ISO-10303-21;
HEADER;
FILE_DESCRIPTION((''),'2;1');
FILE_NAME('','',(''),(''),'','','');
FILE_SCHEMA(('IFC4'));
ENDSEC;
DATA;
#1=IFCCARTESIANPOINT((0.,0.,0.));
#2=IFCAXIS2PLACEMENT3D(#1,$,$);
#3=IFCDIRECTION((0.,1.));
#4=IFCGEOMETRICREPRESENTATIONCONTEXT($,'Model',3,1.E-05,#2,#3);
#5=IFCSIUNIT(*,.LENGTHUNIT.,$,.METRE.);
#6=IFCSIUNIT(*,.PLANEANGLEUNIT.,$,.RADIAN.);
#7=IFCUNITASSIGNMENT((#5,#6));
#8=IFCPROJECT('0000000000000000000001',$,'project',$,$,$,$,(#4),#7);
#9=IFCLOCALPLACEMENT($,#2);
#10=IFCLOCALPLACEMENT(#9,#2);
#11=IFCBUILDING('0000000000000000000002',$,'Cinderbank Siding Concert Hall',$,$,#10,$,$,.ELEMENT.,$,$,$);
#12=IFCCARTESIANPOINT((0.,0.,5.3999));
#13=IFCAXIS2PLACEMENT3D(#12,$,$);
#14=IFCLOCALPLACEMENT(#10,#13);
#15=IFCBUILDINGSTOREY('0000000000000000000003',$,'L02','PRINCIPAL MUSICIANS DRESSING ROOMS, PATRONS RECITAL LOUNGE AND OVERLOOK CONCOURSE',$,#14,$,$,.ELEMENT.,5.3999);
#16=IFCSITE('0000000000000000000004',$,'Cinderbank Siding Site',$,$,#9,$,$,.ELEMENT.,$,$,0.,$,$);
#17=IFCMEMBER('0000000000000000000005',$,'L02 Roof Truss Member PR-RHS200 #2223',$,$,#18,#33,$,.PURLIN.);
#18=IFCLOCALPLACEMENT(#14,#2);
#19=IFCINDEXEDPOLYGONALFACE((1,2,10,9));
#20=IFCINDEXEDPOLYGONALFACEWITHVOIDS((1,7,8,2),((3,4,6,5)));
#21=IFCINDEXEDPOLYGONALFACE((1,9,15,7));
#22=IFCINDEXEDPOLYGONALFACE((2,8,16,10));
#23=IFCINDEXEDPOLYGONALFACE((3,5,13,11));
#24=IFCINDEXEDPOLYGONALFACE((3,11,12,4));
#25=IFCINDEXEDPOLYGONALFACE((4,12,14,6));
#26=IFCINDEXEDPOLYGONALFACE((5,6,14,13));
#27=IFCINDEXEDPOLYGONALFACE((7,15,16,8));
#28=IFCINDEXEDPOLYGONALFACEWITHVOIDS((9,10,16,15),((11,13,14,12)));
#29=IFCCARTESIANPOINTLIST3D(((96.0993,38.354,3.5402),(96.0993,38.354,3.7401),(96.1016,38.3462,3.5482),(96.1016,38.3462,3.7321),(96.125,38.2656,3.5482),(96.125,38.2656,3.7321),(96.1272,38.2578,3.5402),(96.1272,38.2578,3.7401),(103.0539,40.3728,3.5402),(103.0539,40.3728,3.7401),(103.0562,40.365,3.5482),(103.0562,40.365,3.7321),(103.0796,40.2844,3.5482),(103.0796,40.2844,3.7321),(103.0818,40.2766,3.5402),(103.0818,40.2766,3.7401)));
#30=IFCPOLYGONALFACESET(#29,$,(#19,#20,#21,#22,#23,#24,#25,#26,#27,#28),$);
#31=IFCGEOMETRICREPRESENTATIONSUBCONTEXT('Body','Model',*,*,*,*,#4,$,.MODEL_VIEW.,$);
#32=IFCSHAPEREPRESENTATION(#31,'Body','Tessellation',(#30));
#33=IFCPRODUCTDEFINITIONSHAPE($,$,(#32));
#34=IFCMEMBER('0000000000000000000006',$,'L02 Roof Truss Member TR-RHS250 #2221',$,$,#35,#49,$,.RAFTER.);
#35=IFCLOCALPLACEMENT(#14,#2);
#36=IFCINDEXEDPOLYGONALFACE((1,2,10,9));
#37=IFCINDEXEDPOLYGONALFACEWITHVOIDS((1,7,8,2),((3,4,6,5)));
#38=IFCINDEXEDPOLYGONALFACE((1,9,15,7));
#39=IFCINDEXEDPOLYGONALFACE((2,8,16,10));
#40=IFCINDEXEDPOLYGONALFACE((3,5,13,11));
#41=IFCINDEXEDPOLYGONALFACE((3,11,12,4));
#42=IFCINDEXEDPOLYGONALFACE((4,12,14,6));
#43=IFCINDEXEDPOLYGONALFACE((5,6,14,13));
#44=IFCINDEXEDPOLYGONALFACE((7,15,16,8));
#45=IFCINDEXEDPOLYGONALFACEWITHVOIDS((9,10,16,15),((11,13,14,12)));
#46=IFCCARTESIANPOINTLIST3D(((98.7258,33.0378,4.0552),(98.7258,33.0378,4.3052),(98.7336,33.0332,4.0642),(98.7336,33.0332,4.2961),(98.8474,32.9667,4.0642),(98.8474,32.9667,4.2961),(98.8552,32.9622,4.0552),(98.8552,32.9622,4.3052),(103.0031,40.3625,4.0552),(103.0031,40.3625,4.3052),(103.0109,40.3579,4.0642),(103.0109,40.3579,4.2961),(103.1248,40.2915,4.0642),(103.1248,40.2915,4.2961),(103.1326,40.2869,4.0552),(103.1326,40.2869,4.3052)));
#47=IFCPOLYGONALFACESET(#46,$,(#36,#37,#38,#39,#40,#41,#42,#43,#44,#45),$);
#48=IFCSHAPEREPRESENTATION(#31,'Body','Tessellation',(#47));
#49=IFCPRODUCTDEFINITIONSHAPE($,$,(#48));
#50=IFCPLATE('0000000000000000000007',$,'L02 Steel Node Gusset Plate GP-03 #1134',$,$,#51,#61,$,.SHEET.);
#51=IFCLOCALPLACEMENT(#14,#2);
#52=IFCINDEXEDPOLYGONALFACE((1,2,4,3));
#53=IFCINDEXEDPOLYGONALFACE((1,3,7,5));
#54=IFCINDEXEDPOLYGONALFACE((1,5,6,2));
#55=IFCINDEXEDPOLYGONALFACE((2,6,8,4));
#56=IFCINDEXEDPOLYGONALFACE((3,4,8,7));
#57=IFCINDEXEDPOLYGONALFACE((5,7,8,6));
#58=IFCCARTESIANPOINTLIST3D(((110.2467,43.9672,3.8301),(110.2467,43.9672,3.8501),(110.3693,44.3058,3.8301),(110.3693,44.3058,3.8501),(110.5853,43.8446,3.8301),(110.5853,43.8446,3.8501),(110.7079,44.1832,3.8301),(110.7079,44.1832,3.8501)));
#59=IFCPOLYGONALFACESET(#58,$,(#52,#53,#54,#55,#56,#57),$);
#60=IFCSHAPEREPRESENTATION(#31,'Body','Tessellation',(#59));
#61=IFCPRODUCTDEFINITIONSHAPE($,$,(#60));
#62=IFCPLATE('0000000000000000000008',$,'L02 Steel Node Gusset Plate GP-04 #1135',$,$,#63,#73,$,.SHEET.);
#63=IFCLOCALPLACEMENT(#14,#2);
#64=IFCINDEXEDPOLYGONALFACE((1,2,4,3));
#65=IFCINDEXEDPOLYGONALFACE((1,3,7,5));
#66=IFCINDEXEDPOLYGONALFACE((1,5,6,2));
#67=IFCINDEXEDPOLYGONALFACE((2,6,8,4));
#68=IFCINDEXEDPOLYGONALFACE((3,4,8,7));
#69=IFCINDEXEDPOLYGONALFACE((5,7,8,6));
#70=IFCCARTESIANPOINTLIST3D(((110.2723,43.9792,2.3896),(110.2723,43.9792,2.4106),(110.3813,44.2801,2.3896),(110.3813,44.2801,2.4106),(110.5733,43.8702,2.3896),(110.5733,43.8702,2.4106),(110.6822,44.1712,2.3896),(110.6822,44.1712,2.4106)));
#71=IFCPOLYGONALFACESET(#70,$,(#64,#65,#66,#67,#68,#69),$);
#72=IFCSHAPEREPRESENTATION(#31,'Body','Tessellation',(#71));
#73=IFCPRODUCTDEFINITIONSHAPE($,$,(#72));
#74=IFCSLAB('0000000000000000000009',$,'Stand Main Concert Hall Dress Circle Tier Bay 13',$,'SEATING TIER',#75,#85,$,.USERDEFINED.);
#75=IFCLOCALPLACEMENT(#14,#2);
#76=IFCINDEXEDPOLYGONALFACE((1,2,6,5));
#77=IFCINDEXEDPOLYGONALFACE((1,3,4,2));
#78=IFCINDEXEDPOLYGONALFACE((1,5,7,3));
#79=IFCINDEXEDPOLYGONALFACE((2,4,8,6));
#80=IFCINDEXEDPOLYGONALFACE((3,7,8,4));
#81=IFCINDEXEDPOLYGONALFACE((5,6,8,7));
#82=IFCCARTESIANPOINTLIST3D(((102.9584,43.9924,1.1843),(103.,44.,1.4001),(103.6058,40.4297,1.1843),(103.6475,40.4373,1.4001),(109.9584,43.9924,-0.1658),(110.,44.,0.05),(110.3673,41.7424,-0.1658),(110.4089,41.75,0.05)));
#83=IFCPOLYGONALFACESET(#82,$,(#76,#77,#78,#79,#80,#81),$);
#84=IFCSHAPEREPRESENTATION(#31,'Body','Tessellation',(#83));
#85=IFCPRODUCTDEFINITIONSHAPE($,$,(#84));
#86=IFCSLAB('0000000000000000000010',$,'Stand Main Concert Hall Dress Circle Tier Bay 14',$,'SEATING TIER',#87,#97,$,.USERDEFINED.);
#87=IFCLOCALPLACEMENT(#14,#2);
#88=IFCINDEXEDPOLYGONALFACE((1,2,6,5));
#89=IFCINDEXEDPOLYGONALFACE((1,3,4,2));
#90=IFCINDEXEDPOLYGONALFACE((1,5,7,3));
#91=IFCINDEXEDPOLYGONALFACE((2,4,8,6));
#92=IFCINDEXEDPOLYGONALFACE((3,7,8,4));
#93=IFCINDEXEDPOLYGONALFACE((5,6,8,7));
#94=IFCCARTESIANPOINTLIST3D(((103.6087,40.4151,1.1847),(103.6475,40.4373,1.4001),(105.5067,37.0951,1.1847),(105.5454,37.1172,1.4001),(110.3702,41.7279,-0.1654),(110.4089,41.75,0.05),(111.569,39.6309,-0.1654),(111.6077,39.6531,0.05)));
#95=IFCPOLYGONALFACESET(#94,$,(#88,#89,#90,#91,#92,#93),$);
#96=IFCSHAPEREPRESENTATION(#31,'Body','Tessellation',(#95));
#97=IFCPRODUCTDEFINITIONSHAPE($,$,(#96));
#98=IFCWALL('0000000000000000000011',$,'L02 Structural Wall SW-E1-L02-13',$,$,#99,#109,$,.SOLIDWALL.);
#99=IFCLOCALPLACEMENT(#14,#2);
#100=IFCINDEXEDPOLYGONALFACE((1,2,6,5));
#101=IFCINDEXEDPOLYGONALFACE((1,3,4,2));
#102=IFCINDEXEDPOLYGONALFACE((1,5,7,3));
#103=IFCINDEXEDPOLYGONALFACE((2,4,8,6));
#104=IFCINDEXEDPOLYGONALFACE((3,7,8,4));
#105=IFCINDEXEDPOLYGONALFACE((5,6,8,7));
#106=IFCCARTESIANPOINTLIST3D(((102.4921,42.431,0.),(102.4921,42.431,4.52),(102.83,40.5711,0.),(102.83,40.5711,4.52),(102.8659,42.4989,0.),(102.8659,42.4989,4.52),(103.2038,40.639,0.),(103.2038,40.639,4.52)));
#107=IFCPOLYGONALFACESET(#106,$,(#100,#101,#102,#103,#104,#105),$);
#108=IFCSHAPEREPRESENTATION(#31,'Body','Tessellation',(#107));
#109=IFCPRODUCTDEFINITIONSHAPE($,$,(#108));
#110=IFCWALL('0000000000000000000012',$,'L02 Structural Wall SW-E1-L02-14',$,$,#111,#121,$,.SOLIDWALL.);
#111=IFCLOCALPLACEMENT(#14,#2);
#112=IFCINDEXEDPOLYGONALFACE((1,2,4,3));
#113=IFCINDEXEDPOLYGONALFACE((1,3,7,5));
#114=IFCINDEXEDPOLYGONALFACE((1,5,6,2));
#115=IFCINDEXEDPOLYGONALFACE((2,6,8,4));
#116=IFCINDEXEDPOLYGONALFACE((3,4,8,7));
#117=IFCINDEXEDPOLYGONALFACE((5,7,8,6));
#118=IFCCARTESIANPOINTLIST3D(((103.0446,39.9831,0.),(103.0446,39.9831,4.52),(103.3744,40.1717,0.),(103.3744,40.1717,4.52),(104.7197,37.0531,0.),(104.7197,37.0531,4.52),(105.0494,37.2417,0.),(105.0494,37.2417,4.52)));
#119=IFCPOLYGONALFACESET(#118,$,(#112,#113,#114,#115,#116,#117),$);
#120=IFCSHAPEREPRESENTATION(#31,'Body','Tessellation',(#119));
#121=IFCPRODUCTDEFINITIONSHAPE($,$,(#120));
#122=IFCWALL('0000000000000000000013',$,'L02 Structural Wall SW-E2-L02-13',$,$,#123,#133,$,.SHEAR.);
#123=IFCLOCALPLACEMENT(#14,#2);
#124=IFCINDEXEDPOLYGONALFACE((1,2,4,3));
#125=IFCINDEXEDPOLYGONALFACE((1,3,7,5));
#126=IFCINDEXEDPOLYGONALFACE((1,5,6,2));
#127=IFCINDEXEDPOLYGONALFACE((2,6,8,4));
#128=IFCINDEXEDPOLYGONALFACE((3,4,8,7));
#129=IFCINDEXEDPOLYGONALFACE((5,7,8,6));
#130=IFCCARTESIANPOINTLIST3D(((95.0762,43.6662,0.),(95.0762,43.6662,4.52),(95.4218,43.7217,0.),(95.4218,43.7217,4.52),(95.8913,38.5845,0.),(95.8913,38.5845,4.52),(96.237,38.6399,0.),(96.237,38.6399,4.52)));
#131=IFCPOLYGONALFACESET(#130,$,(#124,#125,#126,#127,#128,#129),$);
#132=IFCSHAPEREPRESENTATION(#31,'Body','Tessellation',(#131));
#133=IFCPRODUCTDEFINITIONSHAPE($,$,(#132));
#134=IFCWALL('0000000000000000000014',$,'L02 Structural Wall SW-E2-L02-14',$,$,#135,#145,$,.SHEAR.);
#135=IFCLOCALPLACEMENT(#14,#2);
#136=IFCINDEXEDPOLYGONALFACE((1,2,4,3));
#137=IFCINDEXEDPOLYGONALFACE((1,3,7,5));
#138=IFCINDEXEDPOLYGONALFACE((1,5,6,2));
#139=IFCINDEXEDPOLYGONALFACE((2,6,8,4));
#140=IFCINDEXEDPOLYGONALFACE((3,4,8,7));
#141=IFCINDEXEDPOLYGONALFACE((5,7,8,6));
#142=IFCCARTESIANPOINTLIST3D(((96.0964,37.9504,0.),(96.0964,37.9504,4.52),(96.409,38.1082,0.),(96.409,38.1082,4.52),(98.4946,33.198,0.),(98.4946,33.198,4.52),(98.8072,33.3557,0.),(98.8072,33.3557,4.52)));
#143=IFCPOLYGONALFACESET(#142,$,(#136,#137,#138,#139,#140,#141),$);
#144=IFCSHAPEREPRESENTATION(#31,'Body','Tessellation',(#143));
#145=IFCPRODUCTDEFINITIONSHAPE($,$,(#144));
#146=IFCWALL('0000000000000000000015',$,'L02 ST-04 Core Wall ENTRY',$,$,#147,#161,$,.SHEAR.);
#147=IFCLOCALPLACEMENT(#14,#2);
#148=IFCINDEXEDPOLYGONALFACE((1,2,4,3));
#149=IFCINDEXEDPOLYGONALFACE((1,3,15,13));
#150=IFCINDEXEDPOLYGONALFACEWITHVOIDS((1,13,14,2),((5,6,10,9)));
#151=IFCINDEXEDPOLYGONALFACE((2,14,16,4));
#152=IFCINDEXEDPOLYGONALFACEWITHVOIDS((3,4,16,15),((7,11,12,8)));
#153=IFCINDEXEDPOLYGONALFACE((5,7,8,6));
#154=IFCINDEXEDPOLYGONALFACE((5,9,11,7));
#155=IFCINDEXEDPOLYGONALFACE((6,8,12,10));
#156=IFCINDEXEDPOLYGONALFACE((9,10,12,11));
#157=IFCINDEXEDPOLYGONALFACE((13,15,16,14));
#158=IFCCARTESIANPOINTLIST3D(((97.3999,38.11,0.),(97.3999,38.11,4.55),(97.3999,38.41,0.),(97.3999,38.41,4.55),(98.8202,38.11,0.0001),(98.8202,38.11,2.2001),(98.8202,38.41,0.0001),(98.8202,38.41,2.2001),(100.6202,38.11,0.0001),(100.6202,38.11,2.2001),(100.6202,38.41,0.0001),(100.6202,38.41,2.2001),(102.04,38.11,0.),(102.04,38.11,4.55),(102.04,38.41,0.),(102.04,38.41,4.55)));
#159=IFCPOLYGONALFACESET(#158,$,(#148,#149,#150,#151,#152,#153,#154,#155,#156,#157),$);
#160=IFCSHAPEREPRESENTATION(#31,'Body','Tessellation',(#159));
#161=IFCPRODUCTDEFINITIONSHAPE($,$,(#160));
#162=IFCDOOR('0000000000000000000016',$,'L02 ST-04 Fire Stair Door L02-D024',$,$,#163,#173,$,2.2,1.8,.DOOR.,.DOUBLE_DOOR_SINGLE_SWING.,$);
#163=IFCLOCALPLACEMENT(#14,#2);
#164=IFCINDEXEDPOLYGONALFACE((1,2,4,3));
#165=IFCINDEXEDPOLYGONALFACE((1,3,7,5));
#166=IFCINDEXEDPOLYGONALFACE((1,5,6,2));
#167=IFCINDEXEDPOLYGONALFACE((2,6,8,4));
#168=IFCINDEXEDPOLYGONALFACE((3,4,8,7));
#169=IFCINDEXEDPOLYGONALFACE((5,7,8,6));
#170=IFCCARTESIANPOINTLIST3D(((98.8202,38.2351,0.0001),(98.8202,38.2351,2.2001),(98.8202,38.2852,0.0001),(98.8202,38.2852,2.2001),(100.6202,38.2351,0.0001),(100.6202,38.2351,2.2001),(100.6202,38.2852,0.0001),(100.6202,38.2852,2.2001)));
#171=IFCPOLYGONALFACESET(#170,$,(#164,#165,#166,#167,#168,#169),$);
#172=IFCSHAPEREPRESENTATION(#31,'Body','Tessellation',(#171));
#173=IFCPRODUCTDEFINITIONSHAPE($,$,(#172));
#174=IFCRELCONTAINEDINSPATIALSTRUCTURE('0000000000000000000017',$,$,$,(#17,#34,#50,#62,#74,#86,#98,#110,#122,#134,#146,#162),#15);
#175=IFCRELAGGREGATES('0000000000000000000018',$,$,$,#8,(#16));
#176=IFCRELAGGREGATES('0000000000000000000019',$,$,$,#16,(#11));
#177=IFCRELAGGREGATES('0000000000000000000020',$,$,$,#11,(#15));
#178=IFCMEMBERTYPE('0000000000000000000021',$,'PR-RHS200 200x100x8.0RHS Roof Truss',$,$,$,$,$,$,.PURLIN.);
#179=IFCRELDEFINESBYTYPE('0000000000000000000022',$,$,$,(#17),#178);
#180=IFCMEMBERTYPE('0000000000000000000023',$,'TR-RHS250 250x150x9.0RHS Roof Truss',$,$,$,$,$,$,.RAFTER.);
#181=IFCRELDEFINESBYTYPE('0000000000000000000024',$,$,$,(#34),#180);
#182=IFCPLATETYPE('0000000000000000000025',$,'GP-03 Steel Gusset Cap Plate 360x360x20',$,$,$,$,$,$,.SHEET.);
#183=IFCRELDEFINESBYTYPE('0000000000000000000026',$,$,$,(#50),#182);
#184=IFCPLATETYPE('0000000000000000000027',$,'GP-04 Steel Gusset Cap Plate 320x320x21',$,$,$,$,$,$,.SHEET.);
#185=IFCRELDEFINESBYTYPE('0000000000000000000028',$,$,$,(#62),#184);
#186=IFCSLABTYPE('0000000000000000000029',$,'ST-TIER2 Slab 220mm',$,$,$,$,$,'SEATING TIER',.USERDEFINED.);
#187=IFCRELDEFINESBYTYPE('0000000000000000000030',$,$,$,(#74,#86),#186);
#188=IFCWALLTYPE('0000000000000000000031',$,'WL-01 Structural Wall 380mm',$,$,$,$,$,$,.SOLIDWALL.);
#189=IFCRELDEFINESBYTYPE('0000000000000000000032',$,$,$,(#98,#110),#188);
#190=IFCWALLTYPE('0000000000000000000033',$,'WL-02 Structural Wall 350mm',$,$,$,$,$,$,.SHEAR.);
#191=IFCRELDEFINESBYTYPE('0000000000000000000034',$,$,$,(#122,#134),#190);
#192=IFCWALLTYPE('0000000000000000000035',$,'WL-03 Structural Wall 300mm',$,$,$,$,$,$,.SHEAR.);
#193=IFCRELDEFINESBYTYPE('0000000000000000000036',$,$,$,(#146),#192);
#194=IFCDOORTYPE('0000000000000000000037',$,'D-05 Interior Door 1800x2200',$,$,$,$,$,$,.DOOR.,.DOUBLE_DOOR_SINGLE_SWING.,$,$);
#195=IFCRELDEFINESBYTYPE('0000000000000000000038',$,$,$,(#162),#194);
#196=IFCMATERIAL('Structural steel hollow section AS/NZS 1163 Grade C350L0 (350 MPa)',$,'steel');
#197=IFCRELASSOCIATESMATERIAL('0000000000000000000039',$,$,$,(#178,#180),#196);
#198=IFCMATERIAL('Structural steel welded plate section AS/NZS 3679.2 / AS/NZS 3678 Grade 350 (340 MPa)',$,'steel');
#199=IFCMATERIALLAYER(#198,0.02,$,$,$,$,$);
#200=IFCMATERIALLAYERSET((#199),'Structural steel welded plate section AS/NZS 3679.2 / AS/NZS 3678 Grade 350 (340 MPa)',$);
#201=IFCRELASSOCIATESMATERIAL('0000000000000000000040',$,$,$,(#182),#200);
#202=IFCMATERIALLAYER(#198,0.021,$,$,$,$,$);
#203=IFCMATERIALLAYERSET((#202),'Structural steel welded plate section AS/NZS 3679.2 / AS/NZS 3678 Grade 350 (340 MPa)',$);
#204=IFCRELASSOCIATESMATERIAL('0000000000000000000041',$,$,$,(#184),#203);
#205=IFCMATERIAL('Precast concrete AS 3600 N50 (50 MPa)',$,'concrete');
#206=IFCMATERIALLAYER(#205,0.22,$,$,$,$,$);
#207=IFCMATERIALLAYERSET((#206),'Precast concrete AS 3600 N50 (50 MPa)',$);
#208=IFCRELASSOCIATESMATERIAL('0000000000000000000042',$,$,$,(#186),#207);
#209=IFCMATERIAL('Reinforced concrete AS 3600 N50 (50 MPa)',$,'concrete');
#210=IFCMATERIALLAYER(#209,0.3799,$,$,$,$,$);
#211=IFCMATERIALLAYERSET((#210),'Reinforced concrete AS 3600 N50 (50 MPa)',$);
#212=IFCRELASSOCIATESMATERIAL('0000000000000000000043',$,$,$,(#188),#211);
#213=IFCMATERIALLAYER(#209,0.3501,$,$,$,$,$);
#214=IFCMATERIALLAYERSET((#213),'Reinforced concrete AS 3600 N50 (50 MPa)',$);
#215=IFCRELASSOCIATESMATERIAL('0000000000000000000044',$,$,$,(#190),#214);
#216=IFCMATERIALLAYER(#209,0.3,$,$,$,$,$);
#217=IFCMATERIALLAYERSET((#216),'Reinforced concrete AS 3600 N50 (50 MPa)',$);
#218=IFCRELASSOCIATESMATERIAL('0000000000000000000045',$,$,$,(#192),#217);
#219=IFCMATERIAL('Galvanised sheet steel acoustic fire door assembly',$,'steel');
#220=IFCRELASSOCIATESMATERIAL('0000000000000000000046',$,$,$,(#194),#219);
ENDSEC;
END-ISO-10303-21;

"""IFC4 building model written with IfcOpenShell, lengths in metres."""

from ifc_helpers import new_model, si_unit, direction, frame, frame_2d, origin, origin_2d, place, context, subcontext, project, spatial, polyline, rectangle, hollow_rectangle, outline, extrude, material, layer, layer_set, material_profile, profile_set, type_object, element, fill, save


model = new_model("IFC4")

# Units and contexts
model_context = context("Model", 3, precision=1e-05, world=origin(), true_north=direction((0.0, 1.0)))
body_context = subcontext(model_context, "Body", "Model", "MODEL_VIEW")
ifc_project = project(units=[si_unit("LENGTHUNIT", "METRE"), si_unit("PLANEANGLEUNIT", "RADIAN")], contexts=[model_context])

# Site, building, storey
site_placement = place(None, origin())
site = spatial("IfcSite", under=ifc_project, at=site_placement, Name="Cinderbank Siding Site", CompositionType="ELEMENT", RefElevation=0.0)
building_placement = place(site_placement, origin())
building = spatial("IfcBuilding", under=site, at=building_placement, Name="Cinderbank Siding Concert Hall", CompositionType="ELEMENT")
storey_placement = place(building_placement, frame((0.0, 0.0, 5.3999)))
storey = spatial("IfcBuildingStorey", under=building, at=storey_placement, Name="L02", Description="PRINCIPAL MUSICIANS DRESSING ROOMS, PATRONS RECITAL LOUNGE AND OVERLOOK CONCOURSE", CompositionType="ELEMENT", Elevation=5.3999)

# Shared definitions
ifc_material_1 = material(Name="Structural steel hollow section AS/NZS 1163 Grade C350L0 (350 MPa)", Category="steel")
ifc_material_2 = material(Name="Reinforced concrete AS 3600 N50 (50 MPa)", Category="concrete")

# Members
ifc_material_profile_1 = material_profile(ifc_material_1, hollow_rectangle(XDim=0.1001, YDim=0.2, WallThickness=0.0081, at=origin_2d()), Name="200x100x8.0RHS", Category="LoadBearing")
ifc_profile_set_1 = profile_set([ifc_material_profile_1], Name="Structural steel hollow section AS/NZS 1163 Grade C350L0 (350 MPa)")
member_type_1 = type_object("IfcMemberType", Name="PR-RHS200 200x100x8.0RHS Roof Truss", PredefinedType="PURLIN", material=ifc_profile_set_1)
member_1_placement = place(storey_placement, frame((103.0679, 40.3247, 3.6401), z_axis=(-0.960356, -0.278775, 0.0), x_axis=(0.278775, -0.960356, 0.0)))
element("IfcMember", 1, at=member_1_placement, inside=storey, type_object=member_type_1, Name="L02 Roof Truss Member PR-RHS200 #2223", PredefinedType="PURLIN", context=body_context, shape_type="SweptSolid", body=[
    extrude(hollow_rectangle(XDim=0.1001, YDim=0.2, WallThickness=0.0081, at=origin_2d()), origin(), (0.0, 0.0, 1.0), 7.2417),
])
ifc_material_profile_2 = material_profile(ifc_material_1, hollow_rectangle(XDim=0.1499, YDim=0.25, WallThickness=0.009, at=origin_2d()), Name="250x150x9.0RHS", Category="LoadBearing")
ifc_profile_set_2 = profile_set([ifc_material_profile_2], Name="Structural steel hollow section AS/NZS 1163 Grade C350L0 (350 MPa)")
member_type_2 = type_object("IfcMemberType", Name="TR-RHS250 250x150x9.0RHS Roof Truss", PredefinedType="RAFTER", material=ifc_profile_set_2)
member_2_placement = place(storey_placement, frame((103.0679, 40.3247, 4.1802), z_axis=(-0.504275, -0.863543, 0.0), x_axis=(0.863543, -0.504275, 0.0)))
element("IfcMember", 2, at=member_2_placement, inside=storey, type_object=member_type_2, Name="L02 Roof Truss Member TR-RHS250 #2221", PredefinedType="RAFTER", context=body_context, shape_type="SweptSolid", body=[
    extrude(hollow_rectangle(XDim=0.1499, YDim=0.25, WallThickness=0.009, at=origin_2d()), origin(), (0.0, 0.0, 1.0), 8.4822),
])

# Plates
ifc_material_3 = material(Name="Structural steel welded plate section AS/NZS 3679.2 / AS/NZS 3678 Grade 350 (340 MPa)", Category="steel")
ifc_layer_1 = layer(ifc_material_3, 0.02)
ifc_layer_set_1 = layer_set([ifc_layer_1], Name="Structural steel welded plate section AS/NZS 3679.2 / AS/NZS 3678 Grade 350 (340 MPa)")
plate_type_1 = type_object("IfcPlateType", Name="GP-03 Steel Gusset Cap Plate 360x360x20", PredefinedType="SHEET", material=ifc_layer_set_1)
plate_1_placement = place(storey_placement, frame((110.4773, 44.0752, 3.8301), z_axis=(0.0, 0.0, 1.0), x_axis=(-0.34038, -0.940288, 0.0)))
element("IfcPlate", 3, at=plate_1_placement, inside=storey, type_object=plate_type_1, Name="L02 Steel Node Gusset Plate GP-03 #1134", PredefinedType="SHEET", context=body_context, shape_type="SweptSolid", body=[
    extrude(rectangle(XDim=0.3601, YDim=0.3601, at=origin_2d()), origin(), (0.0, 0.0, 1.0), 0.02),
])
ifc_layer_2 = layer(ifc_material_3, 0.021)
ifc_layer_set_2 = layer_set([ifc_layer_2], Name="Structural steel welded plate section AS/NZS 3679.2 / AS/NZS 3678 Grade 350 (340 MPa)")
plate_type_2 = type_object("IfcPlateType", Name="GP-04 Steel Gusset Cap Plate 320x320x21", PredefinedType="SHEET", material=ifc_layer_set_2)
plate_2_placement = place(storey_placement, frame((110.4773, 44.0752, 2.3896), z_axis=(0.0, 0.0, 1.0), x_axis=(0.34038, 0.940288, 0.0)))
element("IfcPlate", 4, at=plate_2_placement, inside=storey, type_object=plate_type_2, Name="L02 Steel Node Gusset Plate GP-04 #1135", PredefinedType="SHEET", context=body_context, shape_type="SweptSolid", body=[
    extrude(rectangle(XDim=0.3201, YDim=0.3201, at=origin_2d()), origin(), (0.0, 0.0, 1.0), 0.021),
])

# Slabs
ifc_material_4 = material(Name="Precast concrete AS 3600 N50 (50 MPa)", Category="concrete")
ifc_layer_3 = layer(ifc_material_4, 0.22)
ifc_layer_set_3 = layer_set([ifc_layer_3], Name="Precast concrete AS 3600 N50 (50 MPa)")
slab_type = type_object("IfcSlabType", Name="ST-TIER2 Slab 220mm", ElementType="SEATING TIER", PredefinedType="USERDEFINED", material=ifc_layer_set_3)
slab_1_placement = place(storey_placement, frame((110.0, 44.0, 0.05), z_axis=(0.189268, 0.034397, 0.981323), x_axis=(0.178819, -0.983882, -0.000002)))
element("IfcSlab", 5, at=slab_1_placement, inside=storey, type_object=slab_type, Name="Stand Main Concert Hall Dress Circle Tier Bay 13", ObjectType="SEATING TIER", PredefinedType="USERDEFINED", context=body_context, shape_type="SweptSolid", body=[
    extrude(outline(polyline([(0.0, 0.0), (2.2869, 0.0), (2.3694, -7.0183), (-1.2517, -7.0183), (0.0, 0.0)])), origin(), (0.0, 0.0, -1.0), 0.22),
])
slab_2_placement = place(storey_placement, frame((110.4089, 41.75, 0.05), z_axis=(0.175996, 0.10061, 0.979236), x_axis=(0.496291, -0.868156, 0.0)))
element("IfcSlab", 6, at=slab_2_placement, inside=storey, type_object=slab_type, Name="Stand Main Concert Hall Dress Circle Tier Bay 14", ObjectType="SEATING TIER", PredefinedType="USERDEFINED", context=body_context, shape_type="SweptSolid", body=[
    extrude(outline(polyline([(0.0, 0.0), (2.4154, 0.0), (1.6083, -6.6598), (-2.216, -6.6598), (0.0, 0.0)])), origin(), (0.0, 0.0, -1.0), 0.22),
])

# Walls
ifc_layer_4 = layer(ifc_material_2, 0.3799)
ifc_layer_set_4 = layer_set([ifc_layer_4], Name="Reinforced concrete AS 3600 N50 (50 MPa)")
wall_type_1 = type_object("IfcWallType", Name="WL-01 Structural Wall 380mm", PredefinedType="SOLIDWALL", material=ifc_layer_set_4)
wall_1_placement = place(storey_placement, frame((102.679, 42.4651, 0.0), z_axis=(0.0, 0.0, 1.0), x_axis=(0.178749, -0.983895, 0.0)))
element("IfcWall", 7, at=wall_1_placement, inside=storey, type_object=wall_type_1, Name="L02 Structural Wall SW-E1-L02-13", PredefinedType="SOLIDWALL", context=body_context, shape_type="SweptSolid", body=[
    extrude(rectangle(XDim=1.8904, YDim=0.3799, at=frame_2d((0.9453, 0.0))), origin(), (0.0, 0.0, 1.0), 4.52),
])
wall_2_placement = place(storey_placement, frame((103.2095, 40.0774, 0.0), z_axis=(0.0, 0.0, 1.0), x_axis=(0.496318, -0.868141, 0.0)))
element("IfcWall", 8, at=wall_2_placement, inside=storey, type_object=wall_type_1, Name="L02 Structural Wall SW-E1-L02-14", PredefinedType="SOLIDWALL", context=body_context, shape_type="SweptSolid", body=[
    extrude(rectangle(XDim=3.375, YDim=0.3799, at=frame_2d((1.6875, 0.0))), origin(), (0.0, 0.0, 1.0), 4.52),
])
ifc_layer_5 = layer(ifc_material_2, 0.3501)
ifc_layer_set_5 = layer_set([ifc_layer_5], Name="Reinforced concrete AS 3600 N50 (50 MPa)")
wall_type_2 = type_object("IfcWallType", Name="WL-02 Structural Wall 350mm", PredefinedType="SHEAR", material=ifc_layer_set_5)
wall_3_placement = place(storey_placement, frame((95.249, 43.6938, 0.0), z_axis=(0.0, 0.0, 1.0), x_axis=(0.158388, -0.987377, 0.0)))
element("IfcWall", 9, at=wall_3_placement, inside=storey, type_object=wall_type_2, Name="L02 Structural Wall SW-E2-L02-13", PredefinedType="SHEAR", context=body_context, shape_type="SweptSolid", body=[
    extrude(rectangle(XDim=5.1467, YDim=0.3501, at=frame_2d((2.5732, 0.0))), origin(), (0.0, 0.0, 1.0), 4.52),
])
wall_4_placement = place(storey_placement, frame((96.2527, 38.0293, 0.0), z_axis=(0.0, 0.0, 1.0), x_axis=(0.450513, -0.89277, 0.0)))
element("IfcWall", 10, at=wall_4_placement, inside=storey, type_object=wall_type_2, Name="L02 Structural Wall SW-E2-L02-14", PredefinedType="SHEAR", context=body_context, shape_type="SweptSolid", body=[
    extrude(rectangle(XDim=5.3232, YDim=0.3501, at=frame_2d((2.6616, 0.0))), origin(), (0.0, 0.0, 1.0), 4.52),
])

# Wall, opening, door
ifc_layer_6 = layer(ifc_material_2, 0.3)
ifc_layer_set_6 = layer_set([ifc_layer_6], Name="Reinforced concrete AS 3600 N50 (50 MPa)")
wall_type_3 = type_object("IfcWallType", Name="WL-03 Structural Wall 300mm", PredefinedType="SHEAR", material=ifc_layer_set_6)
wall_5_placement = place(storey_placement, frame((102.04, 38.26, 0.0), z_axis=(0.0, 0.0, 1.0), x_axis=(-1.0, 0.0, 0.0)))
wall_5 = element("IfcWall", 11, at=wall_5_placement, inside=storey, type_object=wall_type_3, Name="L02 ST-04 Core Wall ENTRY", PredefinedType="SHEAR", context=body_context, shape_type="SweptSolid", body=[
    extrude(rectangle(XDim=4.6401, YDim=0.3, at=frame_2d((2.3201, 0.0))), origin(), (0.0, 0.0, 1.0), 4.55),
])
opening_placement = place(wall_5_placement, frame((1.4199, 0.0, 0.0)))
opening = element("IfcOpeningElement", 12, at=opening_placement, cuts=wall_5, PredefinedType="OPENING", context=body_context, shape_type="SweptSolid", body=[
    extrude(rectangle(XDim=1.8, YDim=2.2, at=frame_2d((0.8999, 1.1001))), frame((0.0, 0.1621, 0.0), z_axis=(0.0, -1.0, 0.0), x_axis=(1.0, 0.0, 0.0)), (0.0, 0.0, 1.0), 0.324),
])
ifc_material_5 = material(Name="Galvanised sheet steel acoustic fire door assembly", Category="steel")
door_type = type_object("IfcDoorType", Name="D-05 Interior Door 1800x2200", OperationType="DOUBLE_DOOR_SINGLE_SWING", PredefinedType="DOOR", material=ifc_material_5)
door_placement = place(opening_placement, origin())
door = element("IfcDoor", 13, at=door_placement, inside=storey, type_object=door_type, Name="L02 ST-04 Fire Stair Door L02-D024", OperationType="DOUBLE_DOOR_SINGLE_SWING", OverallHeight=2.2, OverallWidth=1.8, PredefinedType="DOOR", context=body_context, shape_type="SweptSolid", body=[
    extrude(rectangle(XDim=1.8, YDim=2.2, at=frame_2d((0.8999, 1.1001))), frame((0.0, 0.0249, 0.0), z_axis=(0.0, -1.0, 0.0), x_axis=(1.0, 0.0, 0.0)), (0.0, 0.0, 1.0), 0.05),
])
fill(opening, door)

save(model, "model.ifc")
